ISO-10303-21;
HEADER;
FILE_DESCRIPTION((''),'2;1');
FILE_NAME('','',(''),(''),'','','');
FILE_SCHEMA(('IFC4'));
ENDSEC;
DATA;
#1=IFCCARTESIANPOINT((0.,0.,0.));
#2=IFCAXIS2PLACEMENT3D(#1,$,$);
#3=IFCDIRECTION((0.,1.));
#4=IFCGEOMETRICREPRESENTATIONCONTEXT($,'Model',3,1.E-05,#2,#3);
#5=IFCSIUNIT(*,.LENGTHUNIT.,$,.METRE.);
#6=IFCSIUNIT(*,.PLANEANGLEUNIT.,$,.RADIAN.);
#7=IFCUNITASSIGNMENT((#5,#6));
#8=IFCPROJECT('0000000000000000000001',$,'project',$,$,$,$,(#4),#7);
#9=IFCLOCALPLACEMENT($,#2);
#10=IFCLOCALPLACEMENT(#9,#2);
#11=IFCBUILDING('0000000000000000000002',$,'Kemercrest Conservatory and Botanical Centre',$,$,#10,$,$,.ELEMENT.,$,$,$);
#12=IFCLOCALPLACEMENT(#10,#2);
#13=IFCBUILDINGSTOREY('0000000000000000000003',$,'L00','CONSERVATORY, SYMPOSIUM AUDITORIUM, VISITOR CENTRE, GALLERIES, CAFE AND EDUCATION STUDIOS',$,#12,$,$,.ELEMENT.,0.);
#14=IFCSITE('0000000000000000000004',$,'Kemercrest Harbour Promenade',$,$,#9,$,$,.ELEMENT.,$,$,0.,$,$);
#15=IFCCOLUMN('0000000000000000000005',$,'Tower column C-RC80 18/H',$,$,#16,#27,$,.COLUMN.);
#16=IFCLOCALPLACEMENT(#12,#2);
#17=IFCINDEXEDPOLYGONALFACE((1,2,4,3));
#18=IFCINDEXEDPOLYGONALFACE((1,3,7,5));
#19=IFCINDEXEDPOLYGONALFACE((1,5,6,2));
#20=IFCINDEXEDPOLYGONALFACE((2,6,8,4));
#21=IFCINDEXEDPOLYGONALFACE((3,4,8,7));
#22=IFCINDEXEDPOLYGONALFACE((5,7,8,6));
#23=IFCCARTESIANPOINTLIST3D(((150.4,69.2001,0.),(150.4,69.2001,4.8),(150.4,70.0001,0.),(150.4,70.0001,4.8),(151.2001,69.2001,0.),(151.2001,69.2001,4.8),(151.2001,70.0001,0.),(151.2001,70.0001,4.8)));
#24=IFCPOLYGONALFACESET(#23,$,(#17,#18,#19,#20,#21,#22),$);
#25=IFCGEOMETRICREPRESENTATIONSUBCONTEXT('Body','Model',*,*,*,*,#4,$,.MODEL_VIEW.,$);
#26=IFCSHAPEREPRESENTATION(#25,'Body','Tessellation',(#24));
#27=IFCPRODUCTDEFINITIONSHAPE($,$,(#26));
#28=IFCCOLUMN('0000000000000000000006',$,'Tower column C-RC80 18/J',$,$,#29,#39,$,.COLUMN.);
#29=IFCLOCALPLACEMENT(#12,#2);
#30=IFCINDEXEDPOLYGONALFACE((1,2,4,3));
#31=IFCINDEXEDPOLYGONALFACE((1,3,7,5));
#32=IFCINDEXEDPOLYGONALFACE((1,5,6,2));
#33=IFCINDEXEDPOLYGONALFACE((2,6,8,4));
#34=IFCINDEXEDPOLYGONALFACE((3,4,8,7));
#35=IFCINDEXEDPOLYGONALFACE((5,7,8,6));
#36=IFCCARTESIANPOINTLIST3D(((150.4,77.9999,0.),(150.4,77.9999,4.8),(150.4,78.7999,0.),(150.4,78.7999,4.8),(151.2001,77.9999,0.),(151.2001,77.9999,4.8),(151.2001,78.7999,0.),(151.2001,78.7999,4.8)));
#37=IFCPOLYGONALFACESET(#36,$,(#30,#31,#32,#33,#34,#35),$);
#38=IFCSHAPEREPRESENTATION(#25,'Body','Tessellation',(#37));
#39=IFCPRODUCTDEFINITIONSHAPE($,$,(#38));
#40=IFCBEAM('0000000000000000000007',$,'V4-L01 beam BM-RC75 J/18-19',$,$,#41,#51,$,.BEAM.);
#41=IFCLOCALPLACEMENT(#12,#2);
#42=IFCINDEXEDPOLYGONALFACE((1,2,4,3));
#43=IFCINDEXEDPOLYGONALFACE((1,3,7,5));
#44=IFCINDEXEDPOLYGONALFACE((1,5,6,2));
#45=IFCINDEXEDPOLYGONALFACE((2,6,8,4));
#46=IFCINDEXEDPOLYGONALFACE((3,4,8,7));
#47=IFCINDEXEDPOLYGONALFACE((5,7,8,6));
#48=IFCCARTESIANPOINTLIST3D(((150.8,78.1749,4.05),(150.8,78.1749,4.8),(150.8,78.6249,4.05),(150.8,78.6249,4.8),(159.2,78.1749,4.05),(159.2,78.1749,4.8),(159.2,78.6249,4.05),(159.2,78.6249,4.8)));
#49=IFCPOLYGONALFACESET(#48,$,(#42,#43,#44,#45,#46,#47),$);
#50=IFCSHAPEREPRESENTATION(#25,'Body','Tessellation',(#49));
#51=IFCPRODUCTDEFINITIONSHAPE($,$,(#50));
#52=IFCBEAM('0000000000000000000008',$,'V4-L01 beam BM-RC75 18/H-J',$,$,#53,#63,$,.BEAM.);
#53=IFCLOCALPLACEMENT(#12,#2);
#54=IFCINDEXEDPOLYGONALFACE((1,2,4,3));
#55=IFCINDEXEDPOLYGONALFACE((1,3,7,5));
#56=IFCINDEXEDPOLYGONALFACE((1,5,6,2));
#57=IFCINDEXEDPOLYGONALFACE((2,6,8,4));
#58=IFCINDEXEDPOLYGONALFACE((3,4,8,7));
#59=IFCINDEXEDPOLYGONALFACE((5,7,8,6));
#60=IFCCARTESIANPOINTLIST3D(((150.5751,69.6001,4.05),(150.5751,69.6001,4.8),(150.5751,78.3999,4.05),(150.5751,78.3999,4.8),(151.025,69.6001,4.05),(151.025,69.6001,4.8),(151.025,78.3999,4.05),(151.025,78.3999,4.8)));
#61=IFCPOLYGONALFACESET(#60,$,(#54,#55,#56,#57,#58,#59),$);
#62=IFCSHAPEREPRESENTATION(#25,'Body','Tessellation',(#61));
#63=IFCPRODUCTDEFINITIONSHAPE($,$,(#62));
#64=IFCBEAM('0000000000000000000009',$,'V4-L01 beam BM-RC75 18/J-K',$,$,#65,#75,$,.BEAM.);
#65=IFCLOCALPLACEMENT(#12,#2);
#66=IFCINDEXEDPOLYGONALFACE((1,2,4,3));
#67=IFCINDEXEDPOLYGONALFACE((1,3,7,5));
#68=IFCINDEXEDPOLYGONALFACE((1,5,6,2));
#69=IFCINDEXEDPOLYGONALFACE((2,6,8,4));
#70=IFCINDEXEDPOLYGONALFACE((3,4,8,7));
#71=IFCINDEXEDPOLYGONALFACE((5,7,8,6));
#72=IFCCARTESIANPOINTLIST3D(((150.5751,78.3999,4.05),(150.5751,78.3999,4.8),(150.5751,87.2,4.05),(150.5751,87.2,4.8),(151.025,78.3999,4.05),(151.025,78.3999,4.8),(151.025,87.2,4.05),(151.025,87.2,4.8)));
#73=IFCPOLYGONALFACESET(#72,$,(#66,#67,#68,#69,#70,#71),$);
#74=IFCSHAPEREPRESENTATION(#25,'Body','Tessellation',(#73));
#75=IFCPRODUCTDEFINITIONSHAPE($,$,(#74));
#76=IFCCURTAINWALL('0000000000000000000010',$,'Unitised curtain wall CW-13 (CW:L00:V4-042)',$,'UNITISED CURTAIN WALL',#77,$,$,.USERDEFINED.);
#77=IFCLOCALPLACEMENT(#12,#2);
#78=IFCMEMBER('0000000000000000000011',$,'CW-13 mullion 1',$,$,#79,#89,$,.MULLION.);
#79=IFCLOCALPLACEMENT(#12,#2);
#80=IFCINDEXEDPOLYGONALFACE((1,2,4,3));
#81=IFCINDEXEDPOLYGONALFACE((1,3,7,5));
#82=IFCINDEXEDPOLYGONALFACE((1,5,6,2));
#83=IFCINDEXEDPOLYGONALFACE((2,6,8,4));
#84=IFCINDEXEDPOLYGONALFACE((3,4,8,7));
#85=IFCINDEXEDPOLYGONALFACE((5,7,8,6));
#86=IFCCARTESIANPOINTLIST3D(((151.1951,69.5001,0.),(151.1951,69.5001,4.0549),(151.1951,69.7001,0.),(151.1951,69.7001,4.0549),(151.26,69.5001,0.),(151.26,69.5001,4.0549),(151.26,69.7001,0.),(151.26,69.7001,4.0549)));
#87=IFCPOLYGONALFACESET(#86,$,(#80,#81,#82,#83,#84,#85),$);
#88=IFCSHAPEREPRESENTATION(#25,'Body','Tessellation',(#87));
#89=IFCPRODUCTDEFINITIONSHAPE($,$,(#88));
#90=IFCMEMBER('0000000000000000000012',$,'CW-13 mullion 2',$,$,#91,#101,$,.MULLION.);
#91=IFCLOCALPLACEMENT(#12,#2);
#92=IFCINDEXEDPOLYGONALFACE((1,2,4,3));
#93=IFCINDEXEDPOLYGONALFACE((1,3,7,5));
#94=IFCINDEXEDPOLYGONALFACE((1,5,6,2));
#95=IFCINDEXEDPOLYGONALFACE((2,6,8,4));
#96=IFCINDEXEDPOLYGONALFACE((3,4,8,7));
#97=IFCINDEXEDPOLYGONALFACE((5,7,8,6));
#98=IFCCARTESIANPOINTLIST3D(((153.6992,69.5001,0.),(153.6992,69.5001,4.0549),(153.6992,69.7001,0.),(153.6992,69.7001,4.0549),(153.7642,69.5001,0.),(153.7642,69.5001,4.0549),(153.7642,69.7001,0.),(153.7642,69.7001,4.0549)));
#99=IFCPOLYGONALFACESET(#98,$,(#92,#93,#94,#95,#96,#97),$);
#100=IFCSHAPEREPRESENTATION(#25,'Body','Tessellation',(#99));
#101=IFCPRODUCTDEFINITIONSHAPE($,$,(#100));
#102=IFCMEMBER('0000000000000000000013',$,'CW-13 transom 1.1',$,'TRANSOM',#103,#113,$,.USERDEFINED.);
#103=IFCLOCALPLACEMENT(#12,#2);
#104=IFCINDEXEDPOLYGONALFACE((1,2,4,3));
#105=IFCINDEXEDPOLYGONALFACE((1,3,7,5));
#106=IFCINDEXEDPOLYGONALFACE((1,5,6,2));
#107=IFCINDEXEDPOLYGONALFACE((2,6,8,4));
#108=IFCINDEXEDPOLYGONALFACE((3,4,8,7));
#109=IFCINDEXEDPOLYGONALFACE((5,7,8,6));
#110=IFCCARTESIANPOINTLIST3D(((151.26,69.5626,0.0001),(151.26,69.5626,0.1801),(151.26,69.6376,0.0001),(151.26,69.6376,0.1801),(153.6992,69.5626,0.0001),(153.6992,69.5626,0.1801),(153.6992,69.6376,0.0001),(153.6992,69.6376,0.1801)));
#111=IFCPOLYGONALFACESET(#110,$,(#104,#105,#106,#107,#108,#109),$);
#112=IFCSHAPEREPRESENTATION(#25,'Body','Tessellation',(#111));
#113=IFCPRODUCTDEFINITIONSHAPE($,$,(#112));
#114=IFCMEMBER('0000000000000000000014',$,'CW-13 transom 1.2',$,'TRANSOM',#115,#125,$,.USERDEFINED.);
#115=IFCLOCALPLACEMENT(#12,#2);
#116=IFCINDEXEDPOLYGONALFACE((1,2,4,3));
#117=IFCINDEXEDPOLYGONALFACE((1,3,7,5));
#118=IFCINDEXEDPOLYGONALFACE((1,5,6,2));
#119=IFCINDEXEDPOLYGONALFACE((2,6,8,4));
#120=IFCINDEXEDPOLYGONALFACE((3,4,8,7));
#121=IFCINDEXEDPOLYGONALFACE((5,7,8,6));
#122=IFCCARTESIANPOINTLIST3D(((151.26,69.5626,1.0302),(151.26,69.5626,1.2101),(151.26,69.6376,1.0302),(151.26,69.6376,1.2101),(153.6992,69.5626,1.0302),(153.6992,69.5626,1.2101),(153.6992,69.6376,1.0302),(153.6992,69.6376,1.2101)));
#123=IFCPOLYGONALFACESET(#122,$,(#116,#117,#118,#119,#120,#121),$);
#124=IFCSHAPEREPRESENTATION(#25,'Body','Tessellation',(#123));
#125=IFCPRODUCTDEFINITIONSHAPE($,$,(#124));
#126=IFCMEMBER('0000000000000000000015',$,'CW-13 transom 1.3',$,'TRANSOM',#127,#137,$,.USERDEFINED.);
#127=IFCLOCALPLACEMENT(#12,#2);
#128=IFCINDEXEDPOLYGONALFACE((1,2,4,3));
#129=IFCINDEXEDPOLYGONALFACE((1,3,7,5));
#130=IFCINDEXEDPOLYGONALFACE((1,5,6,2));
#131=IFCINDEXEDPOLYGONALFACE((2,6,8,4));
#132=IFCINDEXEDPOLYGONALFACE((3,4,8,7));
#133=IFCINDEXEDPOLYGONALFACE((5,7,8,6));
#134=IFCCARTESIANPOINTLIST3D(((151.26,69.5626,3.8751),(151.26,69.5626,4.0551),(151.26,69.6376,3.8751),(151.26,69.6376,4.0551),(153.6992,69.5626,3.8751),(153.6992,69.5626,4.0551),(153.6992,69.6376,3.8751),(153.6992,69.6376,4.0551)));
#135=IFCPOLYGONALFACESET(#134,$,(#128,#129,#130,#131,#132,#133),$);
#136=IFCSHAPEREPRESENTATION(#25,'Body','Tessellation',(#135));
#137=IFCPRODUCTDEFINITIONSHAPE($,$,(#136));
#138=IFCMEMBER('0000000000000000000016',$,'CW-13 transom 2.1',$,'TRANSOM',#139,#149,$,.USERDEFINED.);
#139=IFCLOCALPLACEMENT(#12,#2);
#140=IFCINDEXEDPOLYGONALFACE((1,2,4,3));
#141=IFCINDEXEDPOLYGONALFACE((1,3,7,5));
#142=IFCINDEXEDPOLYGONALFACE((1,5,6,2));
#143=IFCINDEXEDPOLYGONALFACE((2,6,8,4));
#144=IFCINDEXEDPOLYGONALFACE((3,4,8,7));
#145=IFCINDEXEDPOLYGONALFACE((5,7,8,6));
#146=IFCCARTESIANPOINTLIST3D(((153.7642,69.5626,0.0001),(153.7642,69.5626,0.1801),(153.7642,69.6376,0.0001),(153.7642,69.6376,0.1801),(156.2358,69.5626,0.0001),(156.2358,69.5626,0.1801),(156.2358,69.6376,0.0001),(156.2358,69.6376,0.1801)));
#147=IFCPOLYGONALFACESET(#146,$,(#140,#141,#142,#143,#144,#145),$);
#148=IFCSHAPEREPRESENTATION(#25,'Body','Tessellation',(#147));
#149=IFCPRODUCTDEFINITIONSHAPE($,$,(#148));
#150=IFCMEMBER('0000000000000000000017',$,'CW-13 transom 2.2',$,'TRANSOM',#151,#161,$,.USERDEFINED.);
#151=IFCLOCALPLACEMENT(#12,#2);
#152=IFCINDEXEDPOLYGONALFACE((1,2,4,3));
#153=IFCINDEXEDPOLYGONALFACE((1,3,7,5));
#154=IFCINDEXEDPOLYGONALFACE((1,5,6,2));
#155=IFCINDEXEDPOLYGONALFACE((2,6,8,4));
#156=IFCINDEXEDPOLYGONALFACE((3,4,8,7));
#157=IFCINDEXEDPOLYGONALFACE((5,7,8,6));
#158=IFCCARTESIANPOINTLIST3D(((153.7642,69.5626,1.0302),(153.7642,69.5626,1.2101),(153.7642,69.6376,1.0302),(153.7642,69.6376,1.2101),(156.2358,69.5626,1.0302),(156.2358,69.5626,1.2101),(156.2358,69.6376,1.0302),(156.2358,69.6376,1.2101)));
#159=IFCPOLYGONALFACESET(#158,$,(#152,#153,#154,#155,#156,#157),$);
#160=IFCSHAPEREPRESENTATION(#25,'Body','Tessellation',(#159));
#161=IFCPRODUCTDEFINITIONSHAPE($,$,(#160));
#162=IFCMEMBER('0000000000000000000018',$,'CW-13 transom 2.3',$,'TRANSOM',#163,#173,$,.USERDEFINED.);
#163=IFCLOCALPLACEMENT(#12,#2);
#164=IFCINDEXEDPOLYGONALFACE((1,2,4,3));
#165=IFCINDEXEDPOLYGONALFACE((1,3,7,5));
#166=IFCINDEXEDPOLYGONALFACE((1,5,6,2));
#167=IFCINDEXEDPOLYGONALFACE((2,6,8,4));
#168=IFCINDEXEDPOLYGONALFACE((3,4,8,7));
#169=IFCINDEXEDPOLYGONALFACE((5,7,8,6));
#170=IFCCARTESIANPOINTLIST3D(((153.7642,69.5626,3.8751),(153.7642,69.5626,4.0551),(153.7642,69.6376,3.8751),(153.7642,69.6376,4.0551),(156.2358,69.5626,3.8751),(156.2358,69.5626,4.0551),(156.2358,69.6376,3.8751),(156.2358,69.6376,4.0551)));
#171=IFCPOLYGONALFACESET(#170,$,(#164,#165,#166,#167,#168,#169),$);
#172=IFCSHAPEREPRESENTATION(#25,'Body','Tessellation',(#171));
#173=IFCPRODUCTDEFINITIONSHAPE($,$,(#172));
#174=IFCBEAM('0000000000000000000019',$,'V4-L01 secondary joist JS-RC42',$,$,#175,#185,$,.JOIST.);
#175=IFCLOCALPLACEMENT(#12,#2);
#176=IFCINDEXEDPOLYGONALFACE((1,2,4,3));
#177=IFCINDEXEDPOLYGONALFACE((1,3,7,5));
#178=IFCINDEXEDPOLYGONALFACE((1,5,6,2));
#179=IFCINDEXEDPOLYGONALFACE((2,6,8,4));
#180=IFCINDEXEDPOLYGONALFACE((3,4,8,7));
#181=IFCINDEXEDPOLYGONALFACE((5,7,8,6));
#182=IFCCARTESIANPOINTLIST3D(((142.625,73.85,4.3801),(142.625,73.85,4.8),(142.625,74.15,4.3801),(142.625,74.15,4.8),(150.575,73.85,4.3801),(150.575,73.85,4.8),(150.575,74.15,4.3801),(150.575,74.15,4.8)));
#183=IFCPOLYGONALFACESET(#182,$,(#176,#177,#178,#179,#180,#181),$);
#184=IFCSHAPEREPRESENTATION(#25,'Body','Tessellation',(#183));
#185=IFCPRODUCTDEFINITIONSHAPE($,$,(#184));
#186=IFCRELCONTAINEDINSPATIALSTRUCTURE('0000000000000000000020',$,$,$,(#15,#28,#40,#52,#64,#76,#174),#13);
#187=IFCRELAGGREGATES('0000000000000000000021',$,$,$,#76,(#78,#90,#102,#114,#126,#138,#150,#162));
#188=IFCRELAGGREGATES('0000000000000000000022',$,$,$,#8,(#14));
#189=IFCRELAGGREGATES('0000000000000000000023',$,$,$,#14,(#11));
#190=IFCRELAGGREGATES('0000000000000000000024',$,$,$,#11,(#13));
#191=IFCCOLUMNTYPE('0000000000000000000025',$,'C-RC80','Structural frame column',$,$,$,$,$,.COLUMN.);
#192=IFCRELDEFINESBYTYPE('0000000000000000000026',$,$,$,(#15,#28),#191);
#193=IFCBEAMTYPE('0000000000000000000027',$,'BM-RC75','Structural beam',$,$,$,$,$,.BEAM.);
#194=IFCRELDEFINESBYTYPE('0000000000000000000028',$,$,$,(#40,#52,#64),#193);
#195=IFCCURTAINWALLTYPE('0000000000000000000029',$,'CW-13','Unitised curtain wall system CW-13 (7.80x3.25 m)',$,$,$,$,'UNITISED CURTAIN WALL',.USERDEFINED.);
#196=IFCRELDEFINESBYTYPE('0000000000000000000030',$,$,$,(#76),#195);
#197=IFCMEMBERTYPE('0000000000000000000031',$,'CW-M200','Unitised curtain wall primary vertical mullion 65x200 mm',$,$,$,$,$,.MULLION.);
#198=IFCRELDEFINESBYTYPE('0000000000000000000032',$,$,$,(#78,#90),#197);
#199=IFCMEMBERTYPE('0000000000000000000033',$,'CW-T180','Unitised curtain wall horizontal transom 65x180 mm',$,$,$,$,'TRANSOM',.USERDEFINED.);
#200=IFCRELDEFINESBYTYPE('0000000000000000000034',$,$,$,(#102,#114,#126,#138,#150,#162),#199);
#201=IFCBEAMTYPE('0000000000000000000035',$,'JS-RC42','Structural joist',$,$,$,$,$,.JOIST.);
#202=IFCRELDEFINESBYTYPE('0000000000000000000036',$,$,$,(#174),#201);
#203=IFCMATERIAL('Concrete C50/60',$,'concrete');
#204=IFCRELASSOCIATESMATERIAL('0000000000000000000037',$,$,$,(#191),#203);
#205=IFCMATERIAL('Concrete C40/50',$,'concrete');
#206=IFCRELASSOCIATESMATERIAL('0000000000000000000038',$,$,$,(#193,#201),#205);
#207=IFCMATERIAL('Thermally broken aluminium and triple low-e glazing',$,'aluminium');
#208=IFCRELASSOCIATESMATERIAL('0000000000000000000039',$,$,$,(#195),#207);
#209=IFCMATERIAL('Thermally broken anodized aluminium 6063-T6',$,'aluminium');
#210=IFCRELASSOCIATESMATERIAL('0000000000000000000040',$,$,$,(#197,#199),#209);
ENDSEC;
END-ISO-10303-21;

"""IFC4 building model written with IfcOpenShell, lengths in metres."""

from ifc_helpers import new_model, si_unit, direction, frame, origin, origin_2d, place, context, subcontext, project, spatial, rectangle, extrude, material, material_profile, profile_set, type_object, element, aggregate, save


model = new_model("IFC4")

# Units and contexts
model_context = context("Model", 3, precision=1e-05, world=origin(), true_north=direction((0.0, 1.0)))
body_context = subcontext(model_context, "Body", "Model", "MODEL_VIEW")
ifc_project = project(units=[si_unit("LENGTHUNIT", "METRE"), si_unit("PLANEANGLEUNIT", "RADIAN")], contexts=[model_context])

# Site, building, storey
site_placement = place(None, origin())
site = spatial("IfcSite", under=ifc_project, at=site_placement, Name="Kemercrest Harbour Promenade", CompositionType="ELEMENT", RefElevation=0.0)
building_placement = place(site_placement, origin())
building = spatial("IfcBuilding", under=site, at=building_placement, Name="Kemercrest Conservatory and Botanical Centre", CompositionType="ELEMENT")
storey_placement = place(building_placement, origin())
storey = spatial("IfcBuildingStorey", under=building, at=storey_placement, Name="L00", Description="CONSERVATORY, SYMPOSIUM AUDITORIUM, VISITOR CENTRE, GALLERIES, CAFE AND EDUCATION STUDIOS", CompositionType="ELEMENT", Elevation=0.0)

# Columns
ifc_material_1 = material(Name="Concrete C50/60", Category="concrete")
ifc_material_profile_1 = material_profile(ifc_material_1, rectangle(XDim=0.8, YDim=0.8, at=origin_2d()), Name="RC 800x800")
ifc_profile_set_1 = profile_set([ifc_material_profile_1], Name="Concrete C50/60")
column_type = type_object("IfcColumnType", Name="C-RC80", Description="Structural frame column", PredefinedType="COLUMN", material=ifc_profile_set_1)
for number, where, z_axis, x_axis, name in (
    (1, (150.8, 69.6001, 0.0), (0.0, 0.0, 1.0), (1.0, 0.0, 0.0), "Tower column C-RC80 18/H"),
    (2, (150.8, 78.3999, 0.0), (0.0, 0.0, 1.0), (1.0, 0.0, 0.0), "Tower column C-RC80 18/J"),
):
    element("IfcColumn", number, at=place(storey_placement, frame(where, z_axis=z_axis, x_axis=x_axis)), inside=storey, type_object=column_type, Name=name, PredefinedType="COLUMN", context=body_context, shape_type="SweptSolid", body=[
        extrude(rectangle(XDim=0.8, YDim=0.8, at=origin_2d()), origin(), (0.0, 0.0, 1.0), 4.8),
    ])

# Beams
ifc_material_2 = material(Name="Concrete C40/50", Category="concrete")
ifc_material_profile_2 = material_profile(ifc_material_2, rectangle(XDim=0.45, YDim=0.75, at=origin_2d()), Name="RC 450x750")
ifc_profile_set_2 = profile_set([ifc_material_profile_2], Name="Concrete C40/50")
beam_type_1 = type_object("IfcBeamType", Name="BM-RC75", Description="Structural beam", PredefinedType="BEAM", material=ifc_profile_set_2)
beam_1_placement = place(storey_placement, frame((150.8, 78.3999, 4.425), z_axis=(1.0, 0.0, 0.0), x_axis=(0.0, 1.0, 0.0)))
element("IfcBeam", 3, at=beam_1_placement, inside=storey, type_object=beam_type_1, Name="V4-L01 beam BM-RC75 J/18-19", PredefinedType="BEAM", context=body_context, shape_type="SweptSolid", body=[
    extrude(rectangle(XDim=0.45, YDim=0.75, at=origin_2d()), origin(), (0.0, 0.0, 1.0), 8.3999),
])
beam_2_placement = place(storey_placement, frame((150.8, 69.6001, 4.425), z_axis=(0.0, 1.0, 0.0), x_axis=(-1.0, 0.0, 0.0)))
element("IfcBeam", 4, at=beam_2_placement, inside=storey, type_object=beam_type_1, Name="V4-L01 beam BM-RC75 18/H-J", PredefinedType="BEAM", context=body_context, shape_type="SweptSolid", body=[
    extrude(rectangle(XDim=0.45, YDim=0.75, at=origin_2d()), origin(), (0.0, 0.0, 1.0), 8.7998),
])
beam_3_placement = place(storey_placement, frame((150.8, 78.3999, 4.425), z_axis=(0.0, 1.0, 0.0), x_axis=(-1.0, 0.0, 0.0)))
element("IfcBeam", 5, at=beam_3_placement, inside=storey, type_object=beam_type_1, Name="V4-L01 beam BM-RC75 18/J-K", PredefinedType="BEAM", context=body_context, shape_type="SweptSolid", body=[
    extrude(rectangle(XDim=0.45, YDim=0.75, at=origin_2d()), origin(), (0.0, 0.0, 1.0), 8.8),
])

# Curtain wall, members
ifc_material_3 = material(Name="Thermally broken aluminium and triple low-e glazing", Category="aluminium")
curtain_wall_type = type_object("IfcCurtainWallType", Name="CW-13", Description="Unitised curtain wall system CW-13 (7.80x3.25 m)", ElementType="UNITISED CURTAIN WALL", PredefinedType="USERDEFINED", material=ifc_material_3)
curtain_wall_placement = place(storey_placement, origin())
curtain_wall = element("IfcCurtainWall", 6, at=curtain_wall_placement, inside=storey, type_object=curtain_wall_type, Name="Unitised curtain wall CW-13 (CW:L00:V4-042)", ObjectType="UNITISED CURTAIN WALL", PredefinedType="USERDEFINED")
ifc_material_4 = material(Name="Thermally broken anodized aluminium 6063-T6", Category="aluminium")
ifc_material_profile_3 = material_profile(ifc_material_4, rectangle(XDim=0.2, YDim=0.0649, at=origin_2d()), Name="AL MULLION 65x200")
ifc_profile_set_3 = profile_set([ifc_material_profile_3], Name="Thermally broken anodized aluminium 6063-T6")
member_type_1 = type_object("IfcMemberType", Name="CW-M200", Description="Unitised curtain wall primary vertical mullion 65x200 mm", PredefinedType="MULLION", material=ifc_profile_set_3)
member_1_placement = place(storey_placement, frame((151.2275, 69.6001, 0.0), z_axis=(0.0, 0.0, 1.0), x_axis=(0.0, 1.0, 0.0)))
member_1 = element("IfcMember", 7, at=member_1_placement, type_object=member_type_1, Name="CW-13 mullion 1", PredefinedType="MULLION", context=body_context, shape_type="SweptSolid", body=[
    extrude(rectangle(XDim=0.2, YDim=0.0649, at=origin_2d()), origin(), (0.0, 0.0, 1.0), 4.0549),
])
member_2_placement = place(storey_placement, frame((153.7317, 69.6001, 0.0), z_axis=(0.0, 0.0, 1.0), x_axis=(0.0, 1.0, 0.0)))
member_2 = element("IfcMember", 8, at=member_2_placement, type_object=member_type_1, Name="CW-13 mullion 2", PredefinedType="MULLION", context=body_context, shape_type="SweptSolid", body=[
    extrude(rectangle(XDim=0.2, YDim=0.0649, at=origin_2d()), origin(), (0.0, 0.0, 1.0), 4.0549),
])
ifc_material_profile_4 = material_profile(ifc_material_4, rectangle(XDim=0.075, YDim=0.1799, at=origin_2d()), Name="AL TRANSOM 75x180")
ifc_profile_set_4 = profile_set([ifc_material_profile_4], Name="Thermally broken anodized aluminium 6063-T6")
member_type_2 = type_object("IfcMemberType", Name="CW-T180", Description="Unitised curtain wall horizontal transom 65x180 mm", ElementType="TRANSOM", PredefinedType="USERDEFINED", material=ifc_profile_set_4)
member_3_placement = place(storey_placement, frame((151.26, 69.6001, 0.0901), z_axis=(1.0, 0.0, 0.0), x_axis=(0.0, 1.0, 0.0)))
member_3 = element("IfcMember", 9, at=member_3_placement, type_object=member_type_2, Name="CW-13 transom 1.1", ObjectType="TRANSOM", PredefinedType="USERDEFINED", context=body_context, shape_type="SweptSolid", body=[
    extrude(rectangle(XDim=0.075, YDim=0.1799, at=origin_2d()), origin(), (0.0, 0.0, 1.0), 2.4392),
])
member_4_placement = place(storey_placement, frame((151.26, 69.6001, 1.1201), z_axis=(1.0, 0.0, 0.0), x_axis=(0.0, 1.0, 0.0)))
member_4 = element("IfcMember", 10, at=member_4_placement, type_object=member_type_2, Name="CW-13 transom 1.2", ObjectType="TRANSOM", PredefinedType="USERDEFINED", context=body_context, shape_type="SweptSolid", body=[
    extrude(rectangle(XDim=0.075, YDim=0.1799, at=origin_2d()), origin(), (0.0, 0.0, 1.0), 2.4392),
])
member_5_placement = place(storey_placement, frame((151.26, 69.6001, 3.9651), z_axis=(1.0, 0.0, 0.0), x_axis=(0.0, 1.0, 0.0)))
member_5 = element("IfcMember", 11, at=member_5_placement, type_object=member_type_2, Name="CW-13 transom 1.3", ObjectType="TRANSOM", PredefinedType="USERDEFINED", context=body_context, shape_type="SweptSolid", body=[
    extrude(rectangle(XDim=0.075, YDim=0.1799, at=origin_2d()), origin(), (0.0, 0.0, 1.0), 2.4392),
])
member_6_placement = place(storey_placement, frame((153.7642, 69.6001, 0.0901), z_axis=(1.0, 0.0, 0.0), x_axis=(0.0, 1.0, 0.0)))
member_6 = element("IfcMember", 12, at=member_6_placement, type_object=member_type_2, Name="CW-13 transom 2.1", ObjectType="TRANSOM", PredefinedType="USERDEFINED", context=body_context, shape_type="SweptSolid", body=[
    extrude(rectangle(XDim=0.075, YDim=0.1799, at=origin_2d()), origin(), (0.0, 0.0, 1.0), 2.4717),
])
member_7_placement = place(storey_placement, frame((153.7642, 69.6001, 1.1201), z_axis=(1.0, 0.0, 0.0), x_axis=(0.0, 1.0, 0.0)))
member_7 = element("IfcMember", 13, at=member_7_placement, type_object=member_type_2, Name="CW-13 transom 2.2", ObjectType="TRANSOM", PredefinedType="USERDEFINED", context=body_context, shape_type="SweptSolid", body=[
    extrude(rectangle(XDim=0.075, YDim=0.1799, at=origin_2d()), origin(), (0.0, 0.0, 1.0), 2.4717),
])
member_8_placement = place(storey_placement, frame((153.7642, 69.6001, 3.9651), z_axis=(1.0, 0.0, 0.0), x_axis=(0.0, 1.0, 0.0)))
member_8 = element("IfcMember", 14, at=member_8_placement, type_object=member_type_2, Name="CW-13 transom 2.3", ObjectType="TRANSOM", PredefinedType="USERDEFINED", context=body_context, shape_type="SweptSolid", body=[
    extrude(rectangle(XDim=0.075, YDim=0.1799, at=origin_2d()), origin(), (0.0, 0.0, 1.0), 2.4717),
])

# Beam
ifc_material_profile_5 = material_profile(ifc_material_2, rectangle(XDim=0.3, YDim=0.4199, at=origin_2d()), Name="RC 300x420")
ifc_profile_set_5 = profile_set([ifc_material_profile_5], Name="Concrete C40/50")
beam_type_2 = type_object("IfcBeamType", Name="JS-RC42", Description="Structural joist", PredefinedType="JOIST", material=ifc_profile_set_5)
beam_4_placement = place(storey_placement, frame((142.625, 74.0, 4.5901), z_axis=(1.0, 0.0, 0.0), x_axis=(0.0, 1.0, 0.0)))
element("IfcBeam", 15, at=beam_4_placement, inside=storey, type_object=beam_type_2, Name="V4-L01 secondary joist JS-RC42", PredefinedType="JOIST", context=body_context, shape_type="SweptSolid", body=[
    extrude(rectangle(XDim=0.3, YDim=0.4199, at=origin_2d()), origin(), (0.0, 0.0, 1.0), 7.95),
])

aggregate(curtain_wall, [member_1, member_2, member_3, member_4, member_5, member_6, member_7, member_8])

save(model, "model.ifc")
